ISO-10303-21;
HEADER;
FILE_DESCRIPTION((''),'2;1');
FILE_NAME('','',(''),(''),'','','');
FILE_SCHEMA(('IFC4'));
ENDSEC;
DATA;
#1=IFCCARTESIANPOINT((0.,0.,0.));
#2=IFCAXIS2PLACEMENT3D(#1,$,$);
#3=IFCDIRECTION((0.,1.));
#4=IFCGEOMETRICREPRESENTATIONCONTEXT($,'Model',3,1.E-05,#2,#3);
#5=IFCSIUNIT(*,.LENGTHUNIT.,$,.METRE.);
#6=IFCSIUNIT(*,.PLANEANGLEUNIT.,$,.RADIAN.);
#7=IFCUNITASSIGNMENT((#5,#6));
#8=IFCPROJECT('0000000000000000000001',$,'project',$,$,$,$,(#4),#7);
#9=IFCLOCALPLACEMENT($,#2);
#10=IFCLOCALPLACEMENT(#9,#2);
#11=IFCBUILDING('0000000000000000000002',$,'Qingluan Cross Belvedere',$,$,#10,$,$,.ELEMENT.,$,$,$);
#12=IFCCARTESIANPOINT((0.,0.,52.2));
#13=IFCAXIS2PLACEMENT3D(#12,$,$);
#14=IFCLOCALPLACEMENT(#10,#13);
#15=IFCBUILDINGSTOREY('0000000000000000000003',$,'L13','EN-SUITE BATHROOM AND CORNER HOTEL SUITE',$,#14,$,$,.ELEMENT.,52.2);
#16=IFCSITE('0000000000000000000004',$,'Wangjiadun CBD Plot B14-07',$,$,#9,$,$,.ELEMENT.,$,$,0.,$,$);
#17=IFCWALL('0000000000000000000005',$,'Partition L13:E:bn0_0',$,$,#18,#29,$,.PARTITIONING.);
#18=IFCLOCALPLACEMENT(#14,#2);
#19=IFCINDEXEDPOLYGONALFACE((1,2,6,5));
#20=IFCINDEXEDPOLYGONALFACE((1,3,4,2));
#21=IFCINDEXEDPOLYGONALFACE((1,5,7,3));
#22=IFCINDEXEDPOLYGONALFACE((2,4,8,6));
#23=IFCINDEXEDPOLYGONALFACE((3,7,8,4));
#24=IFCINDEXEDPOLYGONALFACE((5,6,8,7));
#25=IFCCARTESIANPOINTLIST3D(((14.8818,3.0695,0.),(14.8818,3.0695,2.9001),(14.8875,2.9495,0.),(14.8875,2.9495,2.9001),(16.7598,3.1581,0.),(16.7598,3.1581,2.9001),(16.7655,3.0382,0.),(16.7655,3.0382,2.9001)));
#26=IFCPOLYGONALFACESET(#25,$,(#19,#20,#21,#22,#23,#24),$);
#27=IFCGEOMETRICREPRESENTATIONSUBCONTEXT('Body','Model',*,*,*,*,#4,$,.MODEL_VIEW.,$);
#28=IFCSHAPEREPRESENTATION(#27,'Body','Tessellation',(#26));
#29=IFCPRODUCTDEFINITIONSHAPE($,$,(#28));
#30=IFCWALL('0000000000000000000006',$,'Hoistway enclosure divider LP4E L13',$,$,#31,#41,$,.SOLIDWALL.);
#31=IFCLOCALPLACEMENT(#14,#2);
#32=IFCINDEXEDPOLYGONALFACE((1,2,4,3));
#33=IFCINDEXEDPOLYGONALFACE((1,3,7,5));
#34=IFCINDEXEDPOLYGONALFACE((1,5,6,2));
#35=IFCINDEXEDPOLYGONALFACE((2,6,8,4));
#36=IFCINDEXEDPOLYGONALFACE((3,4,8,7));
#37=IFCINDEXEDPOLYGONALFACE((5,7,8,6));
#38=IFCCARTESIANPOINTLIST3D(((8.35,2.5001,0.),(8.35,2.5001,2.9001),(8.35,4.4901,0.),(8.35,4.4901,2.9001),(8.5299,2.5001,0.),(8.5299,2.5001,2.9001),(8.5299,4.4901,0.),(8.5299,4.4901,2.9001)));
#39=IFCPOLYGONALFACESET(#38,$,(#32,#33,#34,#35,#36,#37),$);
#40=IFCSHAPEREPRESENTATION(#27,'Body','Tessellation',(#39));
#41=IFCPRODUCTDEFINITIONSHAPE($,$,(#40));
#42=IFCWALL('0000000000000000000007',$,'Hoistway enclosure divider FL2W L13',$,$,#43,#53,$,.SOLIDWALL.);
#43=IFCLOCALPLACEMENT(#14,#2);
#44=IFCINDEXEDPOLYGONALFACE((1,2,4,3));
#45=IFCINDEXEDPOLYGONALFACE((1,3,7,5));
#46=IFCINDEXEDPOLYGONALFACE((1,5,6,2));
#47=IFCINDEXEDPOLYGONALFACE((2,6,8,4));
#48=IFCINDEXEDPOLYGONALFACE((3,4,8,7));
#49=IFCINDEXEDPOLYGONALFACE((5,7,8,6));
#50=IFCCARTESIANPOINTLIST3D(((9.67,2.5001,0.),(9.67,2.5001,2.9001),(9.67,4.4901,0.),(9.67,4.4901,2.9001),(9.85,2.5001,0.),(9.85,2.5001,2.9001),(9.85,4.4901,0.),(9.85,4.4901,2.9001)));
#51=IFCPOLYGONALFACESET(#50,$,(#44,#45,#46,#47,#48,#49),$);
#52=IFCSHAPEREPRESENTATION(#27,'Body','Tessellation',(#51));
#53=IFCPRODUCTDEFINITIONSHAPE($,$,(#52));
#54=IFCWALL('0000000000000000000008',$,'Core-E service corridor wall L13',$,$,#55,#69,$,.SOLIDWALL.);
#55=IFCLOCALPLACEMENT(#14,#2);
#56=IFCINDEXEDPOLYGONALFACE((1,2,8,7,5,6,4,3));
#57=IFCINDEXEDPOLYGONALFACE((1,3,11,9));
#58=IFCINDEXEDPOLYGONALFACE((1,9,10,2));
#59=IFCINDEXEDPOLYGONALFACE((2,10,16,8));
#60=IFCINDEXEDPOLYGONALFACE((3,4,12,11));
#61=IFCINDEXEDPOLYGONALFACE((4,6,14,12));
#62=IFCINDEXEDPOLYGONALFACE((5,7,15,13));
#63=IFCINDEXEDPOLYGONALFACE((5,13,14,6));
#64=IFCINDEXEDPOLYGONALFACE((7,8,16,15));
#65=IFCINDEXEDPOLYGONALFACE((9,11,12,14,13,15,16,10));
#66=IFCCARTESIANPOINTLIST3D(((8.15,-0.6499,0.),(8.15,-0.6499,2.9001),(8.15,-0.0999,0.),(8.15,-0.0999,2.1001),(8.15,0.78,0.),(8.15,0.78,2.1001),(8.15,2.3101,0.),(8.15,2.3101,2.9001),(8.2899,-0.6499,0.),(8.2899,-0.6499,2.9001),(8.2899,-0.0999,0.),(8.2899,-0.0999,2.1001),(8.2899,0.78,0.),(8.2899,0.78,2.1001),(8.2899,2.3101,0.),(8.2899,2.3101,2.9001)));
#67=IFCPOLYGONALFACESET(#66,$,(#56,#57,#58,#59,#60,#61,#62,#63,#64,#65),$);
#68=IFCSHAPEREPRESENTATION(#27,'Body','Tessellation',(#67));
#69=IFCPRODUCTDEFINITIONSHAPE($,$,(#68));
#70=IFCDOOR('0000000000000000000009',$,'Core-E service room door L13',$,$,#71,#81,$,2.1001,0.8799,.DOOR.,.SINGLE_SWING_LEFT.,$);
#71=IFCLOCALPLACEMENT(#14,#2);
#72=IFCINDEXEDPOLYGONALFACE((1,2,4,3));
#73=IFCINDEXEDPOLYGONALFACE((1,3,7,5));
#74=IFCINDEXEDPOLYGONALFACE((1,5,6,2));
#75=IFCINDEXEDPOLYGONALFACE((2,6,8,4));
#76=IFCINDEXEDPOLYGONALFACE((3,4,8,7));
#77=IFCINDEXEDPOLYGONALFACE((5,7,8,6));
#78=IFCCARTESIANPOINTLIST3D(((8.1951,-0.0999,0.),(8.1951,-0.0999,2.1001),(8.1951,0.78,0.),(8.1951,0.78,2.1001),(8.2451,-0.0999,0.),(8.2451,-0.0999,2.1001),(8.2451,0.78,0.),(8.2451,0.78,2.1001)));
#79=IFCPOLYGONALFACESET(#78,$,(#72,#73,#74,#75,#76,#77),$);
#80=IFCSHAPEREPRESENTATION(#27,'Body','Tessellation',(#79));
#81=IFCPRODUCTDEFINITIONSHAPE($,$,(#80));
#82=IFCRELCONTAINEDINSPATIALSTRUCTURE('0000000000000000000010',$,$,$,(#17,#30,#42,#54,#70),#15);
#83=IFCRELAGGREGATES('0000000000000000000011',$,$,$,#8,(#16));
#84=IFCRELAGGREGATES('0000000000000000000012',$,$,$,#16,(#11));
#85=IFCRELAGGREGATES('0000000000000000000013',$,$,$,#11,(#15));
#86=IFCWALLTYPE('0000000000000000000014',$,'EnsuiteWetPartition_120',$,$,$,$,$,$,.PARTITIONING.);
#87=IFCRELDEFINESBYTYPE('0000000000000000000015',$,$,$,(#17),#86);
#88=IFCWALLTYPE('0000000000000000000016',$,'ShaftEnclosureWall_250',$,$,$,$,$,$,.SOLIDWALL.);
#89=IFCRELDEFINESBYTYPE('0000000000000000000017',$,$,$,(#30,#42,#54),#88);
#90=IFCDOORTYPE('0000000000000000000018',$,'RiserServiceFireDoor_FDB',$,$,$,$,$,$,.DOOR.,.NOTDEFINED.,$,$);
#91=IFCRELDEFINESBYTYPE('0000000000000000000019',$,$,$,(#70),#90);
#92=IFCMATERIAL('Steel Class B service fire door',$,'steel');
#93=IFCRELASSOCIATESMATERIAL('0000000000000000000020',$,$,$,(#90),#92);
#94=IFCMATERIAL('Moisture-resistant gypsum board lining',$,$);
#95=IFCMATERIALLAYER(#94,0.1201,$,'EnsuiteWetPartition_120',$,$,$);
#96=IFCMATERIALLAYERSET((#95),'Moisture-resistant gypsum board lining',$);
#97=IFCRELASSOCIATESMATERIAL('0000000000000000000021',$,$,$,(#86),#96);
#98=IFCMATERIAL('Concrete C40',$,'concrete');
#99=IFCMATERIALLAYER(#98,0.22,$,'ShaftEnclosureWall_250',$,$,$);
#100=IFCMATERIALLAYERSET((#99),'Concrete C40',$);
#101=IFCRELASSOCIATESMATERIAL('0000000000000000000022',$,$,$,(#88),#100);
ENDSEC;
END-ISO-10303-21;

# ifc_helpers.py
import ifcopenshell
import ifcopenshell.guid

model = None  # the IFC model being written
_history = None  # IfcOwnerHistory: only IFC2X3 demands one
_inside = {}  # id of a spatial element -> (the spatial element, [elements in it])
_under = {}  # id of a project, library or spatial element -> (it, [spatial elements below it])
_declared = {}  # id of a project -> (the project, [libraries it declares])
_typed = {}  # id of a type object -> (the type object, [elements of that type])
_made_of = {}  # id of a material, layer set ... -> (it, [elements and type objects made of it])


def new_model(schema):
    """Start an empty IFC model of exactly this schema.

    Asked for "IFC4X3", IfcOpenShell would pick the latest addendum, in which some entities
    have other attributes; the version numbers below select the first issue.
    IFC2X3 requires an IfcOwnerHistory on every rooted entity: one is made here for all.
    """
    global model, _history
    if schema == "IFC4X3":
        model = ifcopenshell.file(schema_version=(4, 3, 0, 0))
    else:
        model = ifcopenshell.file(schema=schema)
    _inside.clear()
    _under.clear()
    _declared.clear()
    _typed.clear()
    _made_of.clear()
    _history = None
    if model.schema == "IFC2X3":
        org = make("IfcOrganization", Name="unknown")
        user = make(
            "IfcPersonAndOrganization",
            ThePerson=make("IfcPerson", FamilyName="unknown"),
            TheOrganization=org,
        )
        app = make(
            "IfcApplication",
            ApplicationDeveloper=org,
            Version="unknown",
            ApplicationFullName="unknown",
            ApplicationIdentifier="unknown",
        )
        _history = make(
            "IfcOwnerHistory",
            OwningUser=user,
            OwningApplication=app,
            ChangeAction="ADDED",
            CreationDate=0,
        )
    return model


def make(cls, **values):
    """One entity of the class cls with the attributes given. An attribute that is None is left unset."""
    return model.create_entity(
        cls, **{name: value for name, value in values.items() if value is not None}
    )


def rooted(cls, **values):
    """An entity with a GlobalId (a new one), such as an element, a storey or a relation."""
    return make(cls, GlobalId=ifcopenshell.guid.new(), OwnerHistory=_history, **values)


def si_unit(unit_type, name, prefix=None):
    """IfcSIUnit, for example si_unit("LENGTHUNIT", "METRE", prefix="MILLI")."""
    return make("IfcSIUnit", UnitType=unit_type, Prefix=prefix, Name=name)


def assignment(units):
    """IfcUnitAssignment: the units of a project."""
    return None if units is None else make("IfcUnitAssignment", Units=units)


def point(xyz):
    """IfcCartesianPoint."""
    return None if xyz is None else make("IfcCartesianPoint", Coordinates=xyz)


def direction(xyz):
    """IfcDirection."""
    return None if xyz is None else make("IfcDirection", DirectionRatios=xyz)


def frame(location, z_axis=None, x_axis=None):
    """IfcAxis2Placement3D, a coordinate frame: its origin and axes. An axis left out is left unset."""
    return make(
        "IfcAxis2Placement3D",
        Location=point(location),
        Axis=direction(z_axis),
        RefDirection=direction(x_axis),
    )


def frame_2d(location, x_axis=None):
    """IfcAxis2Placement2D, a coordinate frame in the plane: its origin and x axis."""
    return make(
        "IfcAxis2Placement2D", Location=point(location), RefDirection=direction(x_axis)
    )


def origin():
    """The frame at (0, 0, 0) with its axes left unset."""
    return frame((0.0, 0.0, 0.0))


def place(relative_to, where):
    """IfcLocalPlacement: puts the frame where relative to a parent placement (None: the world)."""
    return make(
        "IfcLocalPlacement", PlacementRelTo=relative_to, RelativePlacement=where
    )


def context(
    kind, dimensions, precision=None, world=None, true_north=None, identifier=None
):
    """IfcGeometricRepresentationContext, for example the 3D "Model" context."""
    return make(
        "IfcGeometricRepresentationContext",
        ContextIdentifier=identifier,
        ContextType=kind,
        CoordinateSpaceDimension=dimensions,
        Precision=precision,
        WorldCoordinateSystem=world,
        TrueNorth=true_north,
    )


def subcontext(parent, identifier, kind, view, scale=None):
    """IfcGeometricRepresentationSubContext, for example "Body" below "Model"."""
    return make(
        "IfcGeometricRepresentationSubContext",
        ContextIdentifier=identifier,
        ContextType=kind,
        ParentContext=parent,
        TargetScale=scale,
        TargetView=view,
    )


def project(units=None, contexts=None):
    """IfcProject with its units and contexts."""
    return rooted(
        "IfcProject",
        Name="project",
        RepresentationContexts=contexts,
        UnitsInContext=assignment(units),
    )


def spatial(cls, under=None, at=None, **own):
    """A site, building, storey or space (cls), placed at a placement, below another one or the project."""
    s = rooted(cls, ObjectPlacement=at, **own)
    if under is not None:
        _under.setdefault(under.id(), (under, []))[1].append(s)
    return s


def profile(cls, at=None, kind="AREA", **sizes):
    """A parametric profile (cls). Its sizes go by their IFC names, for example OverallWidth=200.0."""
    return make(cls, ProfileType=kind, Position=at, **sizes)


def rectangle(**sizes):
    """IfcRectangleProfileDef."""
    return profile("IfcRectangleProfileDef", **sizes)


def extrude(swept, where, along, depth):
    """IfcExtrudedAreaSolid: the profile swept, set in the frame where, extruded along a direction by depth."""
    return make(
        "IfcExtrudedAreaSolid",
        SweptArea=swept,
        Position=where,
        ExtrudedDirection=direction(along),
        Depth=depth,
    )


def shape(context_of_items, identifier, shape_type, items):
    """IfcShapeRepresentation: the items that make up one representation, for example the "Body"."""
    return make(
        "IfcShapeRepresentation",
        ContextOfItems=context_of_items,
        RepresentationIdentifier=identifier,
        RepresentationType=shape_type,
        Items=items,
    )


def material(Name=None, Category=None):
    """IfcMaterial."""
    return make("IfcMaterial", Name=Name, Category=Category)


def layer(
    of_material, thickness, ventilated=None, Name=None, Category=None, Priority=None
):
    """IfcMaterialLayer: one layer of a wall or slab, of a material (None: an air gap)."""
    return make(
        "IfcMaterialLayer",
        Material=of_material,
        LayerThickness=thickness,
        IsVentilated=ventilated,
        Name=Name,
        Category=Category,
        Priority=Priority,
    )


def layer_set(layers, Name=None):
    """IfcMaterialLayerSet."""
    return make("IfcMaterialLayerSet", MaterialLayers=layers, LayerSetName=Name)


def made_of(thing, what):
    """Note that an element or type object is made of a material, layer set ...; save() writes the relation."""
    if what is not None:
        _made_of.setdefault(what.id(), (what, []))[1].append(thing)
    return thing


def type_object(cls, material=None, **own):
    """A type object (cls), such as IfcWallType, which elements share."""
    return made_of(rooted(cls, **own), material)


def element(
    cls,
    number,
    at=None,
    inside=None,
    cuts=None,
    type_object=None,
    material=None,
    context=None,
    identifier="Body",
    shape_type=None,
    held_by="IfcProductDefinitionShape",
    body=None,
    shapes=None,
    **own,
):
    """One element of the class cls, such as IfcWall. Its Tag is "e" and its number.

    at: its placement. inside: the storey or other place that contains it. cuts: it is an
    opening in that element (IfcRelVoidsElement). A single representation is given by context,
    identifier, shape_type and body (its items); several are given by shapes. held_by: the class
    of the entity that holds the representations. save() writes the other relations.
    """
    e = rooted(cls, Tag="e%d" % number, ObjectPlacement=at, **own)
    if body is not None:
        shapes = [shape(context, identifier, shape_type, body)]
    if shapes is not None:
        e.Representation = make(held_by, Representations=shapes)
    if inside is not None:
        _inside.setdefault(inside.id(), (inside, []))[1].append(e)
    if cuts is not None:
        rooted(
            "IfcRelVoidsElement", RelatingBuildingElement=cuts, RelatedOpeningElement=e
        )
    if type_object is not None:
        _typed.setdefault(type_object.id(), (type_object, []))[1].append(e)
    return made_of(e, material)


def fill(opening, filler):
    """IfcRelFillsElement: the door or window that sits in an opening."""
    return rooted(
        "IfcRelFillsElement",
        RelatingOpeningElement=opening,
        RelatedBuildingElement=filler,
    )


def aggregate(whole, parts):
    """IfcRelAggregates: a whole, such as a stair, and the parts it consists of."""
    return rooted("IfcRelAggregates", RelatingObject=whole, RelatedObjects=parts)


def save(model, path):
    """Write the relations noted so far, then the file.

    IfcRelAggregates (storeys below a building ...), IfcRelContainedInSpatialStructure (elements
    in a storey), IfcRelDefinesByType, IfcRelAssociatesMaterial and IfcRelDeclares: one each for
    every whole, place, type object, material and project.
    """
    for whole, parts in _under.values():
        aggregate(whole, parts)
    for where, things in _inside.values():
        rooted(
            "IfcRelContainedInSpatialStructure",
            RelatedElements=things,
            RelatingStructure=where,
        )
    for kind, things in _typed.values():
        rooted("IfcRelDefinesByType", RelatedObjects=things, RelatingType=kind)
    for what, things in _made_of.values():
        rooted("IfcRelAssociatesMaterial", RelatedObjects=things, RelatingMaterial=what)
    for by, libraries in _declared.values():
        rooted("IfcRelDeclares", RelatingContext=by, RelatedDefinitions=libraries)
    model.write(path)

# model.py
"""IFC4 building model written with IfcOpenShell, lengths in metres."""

from ifc_helpers import new_model, si_unit, direction, frame, frame_2d, origin, place, context, subcontext, project, spatial, rectangle, extrude, material, layer, layer_set, type_object, element, fill, save


model = new_model("IFC4")

# Units and contexts
model_context = context("Model", 3, precision=1e-05, world=origin(), true_north=direction((0.0, 1.0)))
body_context = subcontext(model_context, "Body", "Model", "MODEL_VIEW")
ifc_project = project(units=[si_unit("LENGTHUNIT", "METRE"), si_unit("PLANEANGLEUNIT", "RADIAN")], contexts=[model_context])

# Site, building, storey
site_placement = place(None, origin())
site = spatial("IfcSite", under=ifc_project, at=site_placement, Name="Wangjiadun CBD Plot B14-07", CompositionType="ELEMENT", RefElevation=0.0)
building_placement = place(site_placement, origin())
building = spatial("IfcBuilding", under=site, at=building_placement, Name="Qingluan Cross Belvedere", CompositionType="ELEMENT")
storey_placement = place(building_placement, frame((0.0, 0.0, 52.2)))
storey = spatial("IfcBuildingStorey", under=building, at=storey_placement, Name="L13", Description="EN-SUITE BATHROOM AND CORNER HOTEL SUITE", CompositionType="ELEMENT", Elevation=52.2)

# Shared definitions
ifc_material_1 = material(Name="Steel Class B service fire door", Category="steel")
door_type_1 = type_object("IfcDoorType", Name="RiserServiceFireDoor_FDB", OperationType="NOTDEFINED", PredefinedType="DOOR", material=ifc_material_1)

# Walls
ifc_material_2 = material(Name="Moisture-resistant gypsum board lining")
ifc_layer_1 = layer(ifc_material_2, 0.1201, Name="EnsuiteWetPartition_120")
ifc_layer_set_1 = layer_set([ifc_layer_1], Name="Moisture-resistant gypsum board lining")
wall_type_1 = type_object("IfcWallType", Name="EnsuiteWetPartition_120", PredefinedType="PARTITIONING", material=ifc_layer_set_1)
wall_1_placement = place(storey_placement, frame((14.8848, 3.0095, 0.0), z_axis=(0.0, 0.0, 1.0), x_axis=(0.998888, 0.047139, 0.0)))
element("IfcWall", 1, at=wall_1_placement, inside=storey, type_object=wall_type_1, Name="Partition L13:E:bn0_0", PredefinedType="PARTITIONING", context=body_context, shape_type="SweptSolid", body=[
    extrude(rectangle(XDim=1.8801, YDim=0.1201, at=frame_2d((0.9399, 0.0))), origin(), (0.0, 0.0, 1.0), 2.9001),
])
ifc_material_3 = material(Name="Concrete C40", Category="concrete")
ifc_layer_2 = layer(ifc_material_3, 0.22, Name="ShaftEnclosureWall_250")
ifc_layer_set_2 = layer_set([ifc_layer_2], Name="Concrete C40")
wall_type_2 = type_object("IfcWallType", Name="ShaftEnclosureWall_250", PredefinedType="SOLIDWALL", material=ifc_layer_set_2)
for number, where, z_axis, x_axis, name in (
    (2, (8.4399, 2.5, 0.0), (0.0, 0.0, 1.0), (0.0, 1.0, 0.0), "Hoistway enclosure divider LP4E L13"),
    (3, (9.76, 2.5, 0.0), (0.0, 0.0, 1.0), (0.0, 1.0, 0.0), "Hoistway enclosure divider FL2W L13"),
):
    element("IfcWall", number, at=place(storey_placement, frame(where, z_axis=z_axis, x_axis=x_axis)), inside=storey, type_object=wall_type_2, Name=name, PredefinedType="SOLIDWALL", context=body_context, shape_type="SweptSolid", body=[
        extrude(rectangle(XDim=1.99, YDim=0.1799, at=frame_2d((0.9951, 0.0))), origin(), (0.0, 0.0, 1.0), 2.9001),
    ])

# Wall, opening, door
wall_2_placement = place(storey_placement, frame((8.22, -0.6499, 0.0), z_axis=(0.0, 0.0, 1.0), x_axis=(0.0, 1.0, 0.0)))
wall_2 = element("IfcWall", 4, at=wall_2_placement, inside=storey, type_object=wall_type_2, Name="Core-E service corridor wall L13", PredefinedType="SOLIDWALL", context=body_context, shape_type="SweptSolid", body=[
    extrude(rectangle(XDim=2.96, YDim=0.1399, at=frame_2d((1.48, 0.0))), origin(), (0.0, 0.0, 1.0), 2.9001),
])
opening_1_placement = place(wall_2_placement, frame((0.55, 0.0, 0.0)))
opening_1 = element("IfcOpeningElement", 5, at=opening_1_placement, cuts=wall_2, PredefinedType="OPENING", context=body_context, shape_type="SweptSolid", body=[
    extrude(rectangle(XDim=0.8799, YDim=2.1001, at=frame_2d((0.4399, 1.05))), frame((0.0, 0.0798, 0.0), z_axis=(0.0, -1.0, 0.0), x_axis=(1.0, 0.0, 0.0)), (0.0, 0.0, 1.0), 0.1599),
])
door_1_placement = place(opening_1_placement, origin())
door_1 = element("IfcDoor", 6, at=door_1_placement, inside=storey, type_object=door_type_1, Name="Core-E service room door L13", OperationType="SINGLE_SWING_LEFT", OverallHeight=2.1001, OverallWidth=0.8799, PredefinedType="DOOR", context=body_context, shape_type="SweptSolid", body=[
    extrude(rectangle(XDim=0.8799, YDim=2.1001, at=frame_2d((0.4399, 1.05))), frame((0.0, 0.0249, 0.0), z_axis=(0.0, -1.0, 0.0), x_axis=(1.0, 0.0, 0.0)), (0.0, 0.0, 1.0), 0.05),
])
fill(opening_1, door_1)

save(model, "model.ifc")
